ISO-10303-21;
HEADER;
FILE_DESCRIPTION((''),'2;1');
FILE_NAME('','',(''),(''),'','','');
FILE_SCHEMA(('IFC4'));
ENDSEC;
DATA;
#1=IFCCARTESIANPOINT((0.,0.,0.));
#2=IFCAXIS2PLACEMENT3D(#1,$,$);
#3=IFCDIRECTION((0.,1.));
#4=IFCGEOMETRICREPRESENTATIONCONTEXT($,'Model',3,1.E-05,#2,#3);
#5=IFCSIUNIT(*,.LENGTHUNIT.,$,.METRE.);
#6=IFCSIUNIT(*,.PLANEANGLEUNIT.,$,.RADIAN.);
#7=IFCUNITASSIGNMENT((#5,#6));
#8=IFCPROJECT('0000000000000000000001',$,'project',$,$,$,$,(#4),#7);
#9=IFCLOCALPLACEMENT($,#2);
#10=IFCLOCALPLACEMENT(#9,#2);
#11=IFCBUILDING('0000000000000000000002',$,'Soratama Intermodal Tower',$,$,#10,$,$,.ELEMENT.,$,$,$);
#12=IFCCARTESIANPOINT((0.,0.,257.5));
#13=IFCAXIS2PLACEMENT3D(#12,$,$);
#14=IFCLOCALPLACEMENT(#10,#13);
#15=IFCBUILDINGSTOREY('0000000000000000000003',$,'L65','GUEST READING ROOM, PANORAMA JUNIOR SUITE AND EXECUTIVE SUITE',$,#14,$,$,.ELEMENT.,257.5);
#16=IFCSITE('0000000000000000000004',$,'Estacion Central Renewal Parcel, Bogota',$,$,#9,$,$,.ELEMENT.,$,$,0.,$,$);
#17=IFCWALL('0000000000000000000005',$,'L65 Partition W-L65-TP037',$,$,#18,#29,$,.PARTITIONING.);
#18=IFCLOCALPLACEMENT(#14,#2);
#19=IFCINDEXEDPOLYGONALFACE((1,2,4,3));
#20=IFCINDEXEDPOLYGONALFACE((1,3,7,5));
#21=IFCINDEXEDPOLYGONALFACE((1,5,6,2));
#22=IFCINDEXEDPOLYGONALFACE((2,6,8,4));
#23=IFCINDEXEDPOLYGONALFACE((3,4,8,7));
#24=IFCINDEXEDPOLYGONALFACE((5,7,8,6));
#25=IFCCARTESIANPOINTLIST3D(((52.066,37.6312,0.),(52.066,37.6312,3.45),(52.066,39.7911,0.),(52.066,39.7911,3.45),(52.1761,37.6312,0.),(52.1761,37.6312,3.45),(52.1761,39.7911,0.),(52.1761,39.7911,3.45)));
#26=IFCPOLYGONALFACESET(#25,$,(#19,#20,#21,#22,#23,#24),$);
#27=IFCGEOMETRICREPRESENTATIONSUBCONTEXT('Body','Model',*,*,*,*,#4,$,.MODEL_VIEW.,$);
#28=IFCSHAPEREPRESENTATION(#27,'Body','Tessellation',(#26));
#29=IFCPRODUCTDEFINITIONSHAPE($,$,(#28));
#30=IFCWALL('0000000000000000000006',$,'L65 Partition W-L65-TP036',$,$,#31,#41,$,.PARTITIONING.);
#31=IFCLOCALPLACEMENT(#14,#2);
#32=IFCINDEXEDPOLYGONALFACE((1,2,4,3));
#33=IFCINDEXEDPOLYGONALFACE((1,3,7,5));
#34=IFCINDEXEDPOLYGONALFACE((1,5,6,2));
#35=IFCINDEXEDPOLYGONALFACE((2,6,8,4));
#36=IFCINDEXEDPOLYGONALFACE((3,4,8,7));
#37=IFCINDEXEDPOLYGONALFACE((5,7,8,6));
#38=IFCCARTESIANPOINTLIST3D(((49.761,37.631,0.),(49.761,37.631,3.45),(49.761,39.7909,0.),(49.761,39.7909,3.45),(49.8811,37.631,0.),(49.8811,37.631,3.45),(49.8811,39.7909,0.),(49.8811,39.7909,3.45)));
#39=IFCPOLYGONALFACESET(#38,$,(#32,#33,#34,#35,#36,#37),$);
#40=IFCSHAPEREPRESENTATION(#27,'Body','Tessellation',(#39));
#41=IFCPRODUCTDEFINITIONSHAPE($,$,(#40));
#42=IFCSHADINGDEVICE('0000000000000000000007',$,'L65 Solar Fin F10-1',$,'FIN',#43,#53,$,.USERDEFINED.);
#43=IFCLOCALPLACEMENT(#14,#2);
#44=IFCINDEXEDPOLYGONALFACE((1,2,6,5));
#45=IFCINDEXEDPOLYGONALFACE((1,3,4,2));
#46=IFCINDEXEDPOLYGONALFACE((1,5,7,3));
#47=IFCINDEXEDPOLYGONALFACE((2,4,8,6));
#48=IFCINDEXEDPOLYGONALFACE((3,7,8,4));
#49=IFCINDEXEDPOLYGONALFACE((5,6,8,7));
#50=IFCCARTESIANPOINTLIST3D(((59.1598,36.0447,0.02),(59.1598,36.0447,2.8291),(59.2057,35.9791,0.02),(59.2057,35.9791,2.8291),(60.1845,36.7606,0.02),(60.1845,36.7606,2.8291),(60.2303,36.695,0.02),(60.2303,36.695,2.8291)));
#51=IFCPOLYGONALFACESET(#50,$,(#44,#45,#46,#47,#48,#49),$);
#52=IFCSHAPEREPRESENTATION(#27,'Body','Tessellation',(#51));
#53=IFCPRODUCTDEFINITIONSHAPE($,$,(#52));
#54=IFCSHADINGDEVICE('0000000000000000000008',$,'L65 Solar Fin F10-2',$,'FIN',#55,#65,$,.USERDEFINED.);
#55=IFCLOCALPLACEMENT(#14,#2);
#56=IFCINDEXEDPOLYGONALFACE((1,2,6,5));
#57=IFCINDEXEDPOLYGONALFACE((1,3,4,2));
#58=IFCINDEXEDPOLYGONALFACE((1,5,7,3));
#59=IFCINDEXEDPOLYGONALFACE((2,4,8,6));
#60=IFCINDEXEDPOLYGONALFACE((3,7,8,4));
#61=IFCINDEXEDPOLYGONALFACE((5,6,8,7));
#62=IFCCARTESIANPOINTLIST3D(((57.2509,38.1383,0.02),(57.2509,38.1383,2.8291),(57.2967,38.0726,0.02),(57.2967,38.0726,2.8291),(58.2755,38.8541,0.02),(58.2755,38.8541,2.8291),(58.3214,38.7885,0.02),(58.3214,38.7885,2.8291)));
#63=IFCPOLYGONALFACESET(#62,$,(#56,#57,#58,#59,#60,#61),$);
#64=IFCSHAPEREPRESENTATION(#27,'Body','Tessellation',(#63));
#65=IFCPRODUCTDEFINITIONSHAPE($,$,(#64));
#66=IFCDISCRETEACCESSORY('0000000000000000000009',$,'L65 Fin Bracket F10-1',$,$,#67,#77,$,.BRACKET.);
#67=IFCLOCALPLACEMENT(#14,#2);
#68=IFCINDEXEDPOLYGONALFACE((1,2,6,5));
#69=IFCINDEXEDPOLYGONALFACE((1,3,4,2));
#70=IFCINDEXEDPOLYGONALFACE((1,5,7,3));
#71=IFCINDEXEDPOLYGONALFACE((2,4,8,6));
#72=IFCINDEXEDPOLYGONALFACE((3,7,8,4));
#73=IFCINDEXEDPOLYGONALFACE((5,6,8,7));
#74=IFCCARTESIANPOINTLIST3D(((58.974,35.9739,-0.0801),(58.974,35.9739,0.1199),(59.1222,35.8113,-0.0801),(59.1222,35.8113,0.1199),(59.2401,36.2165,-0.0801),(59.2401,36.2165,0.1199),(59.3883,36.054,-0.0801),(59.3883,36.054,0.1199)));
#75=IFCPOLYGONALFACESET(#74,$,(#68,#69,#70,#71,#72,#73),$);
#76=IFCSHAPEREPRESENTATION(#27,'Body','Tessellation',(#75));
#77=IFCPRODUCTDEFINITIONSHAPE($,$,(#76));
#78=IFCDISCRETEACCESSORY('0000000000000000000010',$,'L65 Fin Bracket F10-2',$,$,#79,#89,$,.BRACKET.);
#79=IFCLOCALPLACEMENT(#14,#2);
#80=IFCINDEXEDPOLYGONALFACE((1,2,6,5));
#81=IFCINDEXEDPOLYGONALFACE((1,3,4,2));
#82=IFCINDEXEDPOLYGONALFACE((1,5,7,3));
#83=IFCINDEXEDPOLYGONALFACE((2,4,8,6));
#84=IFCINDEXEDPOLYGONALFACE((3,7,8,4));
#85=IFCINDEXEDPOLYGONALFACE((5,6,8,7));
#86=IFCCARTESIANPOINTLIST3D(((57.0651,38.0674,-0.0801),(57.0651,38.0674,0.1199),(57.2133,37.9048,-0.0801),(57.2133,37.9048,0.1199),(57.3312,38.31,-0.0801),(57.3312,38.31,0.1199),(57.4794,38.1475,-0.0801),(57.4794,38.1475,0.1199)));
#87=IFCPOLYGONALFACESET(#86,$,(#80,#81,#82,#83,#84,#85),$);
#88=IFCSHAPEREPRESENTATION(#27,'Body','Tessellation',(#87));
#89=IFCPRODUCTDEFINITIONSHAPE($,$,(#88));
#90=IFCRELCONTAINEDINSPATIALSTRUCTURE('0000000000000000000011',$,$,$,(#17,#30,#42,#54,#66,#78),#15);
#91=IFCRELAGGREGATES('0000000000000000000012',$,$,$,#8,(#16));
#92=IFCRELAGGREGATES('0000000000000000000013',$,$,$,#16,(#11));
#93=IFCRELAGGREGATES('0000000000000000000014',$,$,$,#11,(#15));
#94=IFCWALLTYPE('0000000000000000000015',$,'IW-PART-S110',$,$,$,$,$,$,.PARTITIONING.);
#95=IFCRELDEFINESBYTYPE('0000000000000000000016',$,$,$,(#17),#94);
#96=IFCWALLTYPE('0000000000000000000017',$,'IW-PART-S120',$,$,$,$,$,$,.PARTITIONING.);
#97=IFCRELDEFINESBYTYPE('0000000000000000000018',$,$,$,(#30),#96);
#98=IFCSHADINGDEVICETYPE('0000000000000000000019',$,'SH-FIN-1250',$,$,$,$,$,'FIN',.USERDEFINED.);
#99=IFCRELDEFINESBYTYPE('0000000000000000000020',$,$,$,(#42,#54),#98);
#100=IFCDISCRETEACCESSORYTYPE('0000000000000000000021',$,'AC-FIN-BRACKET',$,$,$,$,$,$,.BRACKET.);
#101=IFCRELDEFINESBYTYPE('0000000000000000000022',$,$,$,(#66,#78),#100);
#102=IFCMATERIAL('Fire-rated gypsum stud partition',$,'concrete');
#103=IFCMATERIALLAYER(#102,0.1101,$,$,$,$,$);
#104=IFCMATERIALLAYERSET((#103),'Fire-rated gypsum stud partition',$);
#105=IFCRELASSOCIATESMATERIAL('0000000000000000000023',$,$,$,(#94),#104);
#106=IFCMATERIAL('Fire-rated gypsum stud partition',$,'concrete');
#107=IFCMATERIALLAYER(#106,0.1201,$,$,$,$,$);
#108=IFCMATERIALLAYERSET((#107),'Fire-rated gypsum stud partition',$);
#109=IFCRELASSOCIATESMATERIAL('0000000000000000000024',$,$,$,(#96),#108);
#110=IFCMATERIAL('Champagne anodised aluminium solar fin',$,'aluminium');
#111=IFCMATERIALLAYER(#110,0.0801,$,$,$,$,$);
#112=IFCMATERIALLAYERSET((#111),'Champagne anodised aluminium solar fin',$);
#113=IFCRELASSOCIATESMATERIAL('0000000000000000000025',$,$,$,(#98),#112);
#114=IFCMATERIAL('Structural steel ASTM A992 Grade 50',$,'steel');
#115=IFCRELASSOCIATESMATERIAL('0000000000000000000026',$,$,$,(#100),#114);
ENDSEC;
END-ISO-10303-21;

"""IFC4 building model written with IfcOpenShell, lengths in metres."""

from ifc_helpers import new_model, si_unit, direction, frame, frame_2d, origin, origin_2d, place, context, subcontext, project, spatial, rectangle, extrude, material, layer, layer_set, type_object, element, save


model = new_model("IFC4")

# Units and contexts
model_context = context("Model", 3, precision=1e-05, world=origin(), true_north=direction((0.0, 1.0)))
body_context = subcontext(model_context, "Body", "Model", "MODEL_VIEW")
ifc_project = project(units=[si_unit("LENGTHUNIT", "METRE"), si_unit("PLANEANGLEUNIT", "RADIAN")], contexts=[model_context])

# Site, building, storey
site_placement = place(None, origin())
site = spatial("IfcSite", under=ifc_project, at=site_placement, Name="Estacion Central Renewal Parcel, Bogota", CompositionType="ELEMENT", RefElevation=0.0)
building_placement = place(site_placement, origin())
building = spatial("IfcBuilding", under=site, at=building_placement, Name="Soratama Intermodal Tower", CompositionType="ELEMENT")
storey_placement = place(building_placement, frame((0.0, 0.0, 257.5)))
storey = spatial("IfcBuildingStorey", under=building, at=storey_placement, Name="L65", Description="GUEST READING ROOM, PANORAMA JUNIOR SUITE AND EXECUTIVE SUITE", CompositionType="ELEMENT", Elevation=257.5)

# Shared definitions
ifc_material_1 = material(Name="Fire-rated gypsum stud partition", Category="concrete")
ifc_layer_1 = layer(ifc_material_1, 0.1101)
ifc_layer_set_1 = layer_set([ifc_layer_1], Name="Fire-rated gypsum stud partition")
wall_type_1 = type_object("IfcWallType", Name="IW-PART-S110", PredefinedType="PARTITIONING", material=ifc_layer_set_1)

# Walls
wall_1_placement = place(storey_placement, frame((52.1211, 37.6311, 0.0), z_axis=(0.0, 0.0, 1.0), x_axis=(0.0, 1.0, 0.0)))
element("IfcWall", 1, at=wall_1_placement, inside=storey, type_object=wall_type_1, Name="L65 Partition W-L65-TP037", PredefinedType="PARTITIONING", context=body_context, shape_type="SweptSolid", body=[
    extrude(rectangle(XDim=2.1599, YDim=0.1101, at=frame_2d((1.0801, 0.0))), origin(), (0.0, 0.0, 1.0), 3.45),
])
ifc_material_2 = material(Name="Fire-rated gypsum stud partition", Category="concrete")
ifc_layer_2 = layer(ifc_material_2, 0.1201)
ifc_layer_set_2 = layer_set([ifc_layer_2], Name="Fire-rated gypsum stud partition")
wall_type_2 = type_object("IfcWallType", Name="IW-PART-S120", PredefinedType="PARTITIONING", material=ifc_layer_set_2)
wall_2_placement = place(storey_placement, frame((49.821, 39.791, 0.0), z_axis=(0.0, 0.0, 1.0), x_axis=(0.0, -1.0, 0.0)))
element("IfcWall", 2, at=wall_2_placement, inside=storey, type_object=wall_type_2, Name="L65 Partition W-L65-TP036", PredefinedType="PARTITIONING", context=body_context, shape_type="SweptSolid", body=[
    extrude(rectangle(XDim=2.1599, YDim=0.1201, at=frame_2d((1.0801, 0.0))), origin(), (0.0, 0.0, 1.0), 3.45),
])

# Shading devices
ifc_material_3 = material(Name="Champagne anodised aluminium solar fin", Category="aluminium")
ifc_layer_3 = layer(ifc_material_3, 0.0801)
ifc_layer_set_3 = layer_set([ifc_layer_3], Name="Champagne anodised aluminium solar fin")
shading_device_type = type_object("IfcShadingDeviceType", Name="SH-FIN-1250", ElementType="FIN", PredefinedType="USERDEFINED", material=ifc_layer_set_3)
for number, where, z_axis, x_axis, name in (
    (3, (59.6951, 36.3699, 0.02), (0.0, 0.0, 1.0), (0.819752, 0.572718, 0.0), "L65 Solar Fin F10-1"),
    (4, (57.7861, 38.4634, 0.02), (0.0, 0.0, 1.0), (0.819752, 0.572718, 0.0), "L65 Solar Fin F10-2"),
):
    element("IfcShadingDevice", number, at=place(storey_placement, frame(where, z_axis=z_axis, x_axis=x_axis)), inside=storey, type_object=shading_device_type, Name=name, ObjectType="FIN", PredefinedType="USERDEFINED", context=body_context, shape_type="SweptSolid", body=[
        extrude(rectangle(XDim=1.25, YDim=0.0801, at=origin_2d()), origin(), (0.0, 0.0, 1.0), 2.8091),
    ])

# Discrete accessories
ifc_material_4 = material(Name="Structural steel ASTM A992 Grade 50", Category="steel")
discrete_accessory_type = type_object("IfcDiscreteAccessoryType", Name="AC-FIN-BRACKET", PredefinedType="BRACKET", material=ifc_material_4)
for number, where, z_axis, x_axis, name in (
    (5, (59.1812, 36.0139, -0.0801), (0.0, 0.0, 1.0), (0.738926, 0.673787, 0.0), "L65 Fin Bracket F10-1"),
    (6, (57.2722, 38.1074, -0.0801), (0.0, 0.0, 1.0), (0.738926, 0.673787, 0.0), "L65 Fin Bracket F10-2"),
):
    element("IfcDiscreteAccessory", number, at=place(storey_placement, frame(where, z_axis=z_axis, x_axis=x_axis)), inside=storey, type_object=discrete_accessory_type, Name=name, PredefinedType="BRACKET", context=body_context, shape_type="SweptSolid", body=[
        extrude(rectangle(XDim=0.3601, YDim=0.22, at=origin_2d()), origin(), (0.0, 0.0, 1.0), 0.2),
    ])

save(model, "model.ifc")
